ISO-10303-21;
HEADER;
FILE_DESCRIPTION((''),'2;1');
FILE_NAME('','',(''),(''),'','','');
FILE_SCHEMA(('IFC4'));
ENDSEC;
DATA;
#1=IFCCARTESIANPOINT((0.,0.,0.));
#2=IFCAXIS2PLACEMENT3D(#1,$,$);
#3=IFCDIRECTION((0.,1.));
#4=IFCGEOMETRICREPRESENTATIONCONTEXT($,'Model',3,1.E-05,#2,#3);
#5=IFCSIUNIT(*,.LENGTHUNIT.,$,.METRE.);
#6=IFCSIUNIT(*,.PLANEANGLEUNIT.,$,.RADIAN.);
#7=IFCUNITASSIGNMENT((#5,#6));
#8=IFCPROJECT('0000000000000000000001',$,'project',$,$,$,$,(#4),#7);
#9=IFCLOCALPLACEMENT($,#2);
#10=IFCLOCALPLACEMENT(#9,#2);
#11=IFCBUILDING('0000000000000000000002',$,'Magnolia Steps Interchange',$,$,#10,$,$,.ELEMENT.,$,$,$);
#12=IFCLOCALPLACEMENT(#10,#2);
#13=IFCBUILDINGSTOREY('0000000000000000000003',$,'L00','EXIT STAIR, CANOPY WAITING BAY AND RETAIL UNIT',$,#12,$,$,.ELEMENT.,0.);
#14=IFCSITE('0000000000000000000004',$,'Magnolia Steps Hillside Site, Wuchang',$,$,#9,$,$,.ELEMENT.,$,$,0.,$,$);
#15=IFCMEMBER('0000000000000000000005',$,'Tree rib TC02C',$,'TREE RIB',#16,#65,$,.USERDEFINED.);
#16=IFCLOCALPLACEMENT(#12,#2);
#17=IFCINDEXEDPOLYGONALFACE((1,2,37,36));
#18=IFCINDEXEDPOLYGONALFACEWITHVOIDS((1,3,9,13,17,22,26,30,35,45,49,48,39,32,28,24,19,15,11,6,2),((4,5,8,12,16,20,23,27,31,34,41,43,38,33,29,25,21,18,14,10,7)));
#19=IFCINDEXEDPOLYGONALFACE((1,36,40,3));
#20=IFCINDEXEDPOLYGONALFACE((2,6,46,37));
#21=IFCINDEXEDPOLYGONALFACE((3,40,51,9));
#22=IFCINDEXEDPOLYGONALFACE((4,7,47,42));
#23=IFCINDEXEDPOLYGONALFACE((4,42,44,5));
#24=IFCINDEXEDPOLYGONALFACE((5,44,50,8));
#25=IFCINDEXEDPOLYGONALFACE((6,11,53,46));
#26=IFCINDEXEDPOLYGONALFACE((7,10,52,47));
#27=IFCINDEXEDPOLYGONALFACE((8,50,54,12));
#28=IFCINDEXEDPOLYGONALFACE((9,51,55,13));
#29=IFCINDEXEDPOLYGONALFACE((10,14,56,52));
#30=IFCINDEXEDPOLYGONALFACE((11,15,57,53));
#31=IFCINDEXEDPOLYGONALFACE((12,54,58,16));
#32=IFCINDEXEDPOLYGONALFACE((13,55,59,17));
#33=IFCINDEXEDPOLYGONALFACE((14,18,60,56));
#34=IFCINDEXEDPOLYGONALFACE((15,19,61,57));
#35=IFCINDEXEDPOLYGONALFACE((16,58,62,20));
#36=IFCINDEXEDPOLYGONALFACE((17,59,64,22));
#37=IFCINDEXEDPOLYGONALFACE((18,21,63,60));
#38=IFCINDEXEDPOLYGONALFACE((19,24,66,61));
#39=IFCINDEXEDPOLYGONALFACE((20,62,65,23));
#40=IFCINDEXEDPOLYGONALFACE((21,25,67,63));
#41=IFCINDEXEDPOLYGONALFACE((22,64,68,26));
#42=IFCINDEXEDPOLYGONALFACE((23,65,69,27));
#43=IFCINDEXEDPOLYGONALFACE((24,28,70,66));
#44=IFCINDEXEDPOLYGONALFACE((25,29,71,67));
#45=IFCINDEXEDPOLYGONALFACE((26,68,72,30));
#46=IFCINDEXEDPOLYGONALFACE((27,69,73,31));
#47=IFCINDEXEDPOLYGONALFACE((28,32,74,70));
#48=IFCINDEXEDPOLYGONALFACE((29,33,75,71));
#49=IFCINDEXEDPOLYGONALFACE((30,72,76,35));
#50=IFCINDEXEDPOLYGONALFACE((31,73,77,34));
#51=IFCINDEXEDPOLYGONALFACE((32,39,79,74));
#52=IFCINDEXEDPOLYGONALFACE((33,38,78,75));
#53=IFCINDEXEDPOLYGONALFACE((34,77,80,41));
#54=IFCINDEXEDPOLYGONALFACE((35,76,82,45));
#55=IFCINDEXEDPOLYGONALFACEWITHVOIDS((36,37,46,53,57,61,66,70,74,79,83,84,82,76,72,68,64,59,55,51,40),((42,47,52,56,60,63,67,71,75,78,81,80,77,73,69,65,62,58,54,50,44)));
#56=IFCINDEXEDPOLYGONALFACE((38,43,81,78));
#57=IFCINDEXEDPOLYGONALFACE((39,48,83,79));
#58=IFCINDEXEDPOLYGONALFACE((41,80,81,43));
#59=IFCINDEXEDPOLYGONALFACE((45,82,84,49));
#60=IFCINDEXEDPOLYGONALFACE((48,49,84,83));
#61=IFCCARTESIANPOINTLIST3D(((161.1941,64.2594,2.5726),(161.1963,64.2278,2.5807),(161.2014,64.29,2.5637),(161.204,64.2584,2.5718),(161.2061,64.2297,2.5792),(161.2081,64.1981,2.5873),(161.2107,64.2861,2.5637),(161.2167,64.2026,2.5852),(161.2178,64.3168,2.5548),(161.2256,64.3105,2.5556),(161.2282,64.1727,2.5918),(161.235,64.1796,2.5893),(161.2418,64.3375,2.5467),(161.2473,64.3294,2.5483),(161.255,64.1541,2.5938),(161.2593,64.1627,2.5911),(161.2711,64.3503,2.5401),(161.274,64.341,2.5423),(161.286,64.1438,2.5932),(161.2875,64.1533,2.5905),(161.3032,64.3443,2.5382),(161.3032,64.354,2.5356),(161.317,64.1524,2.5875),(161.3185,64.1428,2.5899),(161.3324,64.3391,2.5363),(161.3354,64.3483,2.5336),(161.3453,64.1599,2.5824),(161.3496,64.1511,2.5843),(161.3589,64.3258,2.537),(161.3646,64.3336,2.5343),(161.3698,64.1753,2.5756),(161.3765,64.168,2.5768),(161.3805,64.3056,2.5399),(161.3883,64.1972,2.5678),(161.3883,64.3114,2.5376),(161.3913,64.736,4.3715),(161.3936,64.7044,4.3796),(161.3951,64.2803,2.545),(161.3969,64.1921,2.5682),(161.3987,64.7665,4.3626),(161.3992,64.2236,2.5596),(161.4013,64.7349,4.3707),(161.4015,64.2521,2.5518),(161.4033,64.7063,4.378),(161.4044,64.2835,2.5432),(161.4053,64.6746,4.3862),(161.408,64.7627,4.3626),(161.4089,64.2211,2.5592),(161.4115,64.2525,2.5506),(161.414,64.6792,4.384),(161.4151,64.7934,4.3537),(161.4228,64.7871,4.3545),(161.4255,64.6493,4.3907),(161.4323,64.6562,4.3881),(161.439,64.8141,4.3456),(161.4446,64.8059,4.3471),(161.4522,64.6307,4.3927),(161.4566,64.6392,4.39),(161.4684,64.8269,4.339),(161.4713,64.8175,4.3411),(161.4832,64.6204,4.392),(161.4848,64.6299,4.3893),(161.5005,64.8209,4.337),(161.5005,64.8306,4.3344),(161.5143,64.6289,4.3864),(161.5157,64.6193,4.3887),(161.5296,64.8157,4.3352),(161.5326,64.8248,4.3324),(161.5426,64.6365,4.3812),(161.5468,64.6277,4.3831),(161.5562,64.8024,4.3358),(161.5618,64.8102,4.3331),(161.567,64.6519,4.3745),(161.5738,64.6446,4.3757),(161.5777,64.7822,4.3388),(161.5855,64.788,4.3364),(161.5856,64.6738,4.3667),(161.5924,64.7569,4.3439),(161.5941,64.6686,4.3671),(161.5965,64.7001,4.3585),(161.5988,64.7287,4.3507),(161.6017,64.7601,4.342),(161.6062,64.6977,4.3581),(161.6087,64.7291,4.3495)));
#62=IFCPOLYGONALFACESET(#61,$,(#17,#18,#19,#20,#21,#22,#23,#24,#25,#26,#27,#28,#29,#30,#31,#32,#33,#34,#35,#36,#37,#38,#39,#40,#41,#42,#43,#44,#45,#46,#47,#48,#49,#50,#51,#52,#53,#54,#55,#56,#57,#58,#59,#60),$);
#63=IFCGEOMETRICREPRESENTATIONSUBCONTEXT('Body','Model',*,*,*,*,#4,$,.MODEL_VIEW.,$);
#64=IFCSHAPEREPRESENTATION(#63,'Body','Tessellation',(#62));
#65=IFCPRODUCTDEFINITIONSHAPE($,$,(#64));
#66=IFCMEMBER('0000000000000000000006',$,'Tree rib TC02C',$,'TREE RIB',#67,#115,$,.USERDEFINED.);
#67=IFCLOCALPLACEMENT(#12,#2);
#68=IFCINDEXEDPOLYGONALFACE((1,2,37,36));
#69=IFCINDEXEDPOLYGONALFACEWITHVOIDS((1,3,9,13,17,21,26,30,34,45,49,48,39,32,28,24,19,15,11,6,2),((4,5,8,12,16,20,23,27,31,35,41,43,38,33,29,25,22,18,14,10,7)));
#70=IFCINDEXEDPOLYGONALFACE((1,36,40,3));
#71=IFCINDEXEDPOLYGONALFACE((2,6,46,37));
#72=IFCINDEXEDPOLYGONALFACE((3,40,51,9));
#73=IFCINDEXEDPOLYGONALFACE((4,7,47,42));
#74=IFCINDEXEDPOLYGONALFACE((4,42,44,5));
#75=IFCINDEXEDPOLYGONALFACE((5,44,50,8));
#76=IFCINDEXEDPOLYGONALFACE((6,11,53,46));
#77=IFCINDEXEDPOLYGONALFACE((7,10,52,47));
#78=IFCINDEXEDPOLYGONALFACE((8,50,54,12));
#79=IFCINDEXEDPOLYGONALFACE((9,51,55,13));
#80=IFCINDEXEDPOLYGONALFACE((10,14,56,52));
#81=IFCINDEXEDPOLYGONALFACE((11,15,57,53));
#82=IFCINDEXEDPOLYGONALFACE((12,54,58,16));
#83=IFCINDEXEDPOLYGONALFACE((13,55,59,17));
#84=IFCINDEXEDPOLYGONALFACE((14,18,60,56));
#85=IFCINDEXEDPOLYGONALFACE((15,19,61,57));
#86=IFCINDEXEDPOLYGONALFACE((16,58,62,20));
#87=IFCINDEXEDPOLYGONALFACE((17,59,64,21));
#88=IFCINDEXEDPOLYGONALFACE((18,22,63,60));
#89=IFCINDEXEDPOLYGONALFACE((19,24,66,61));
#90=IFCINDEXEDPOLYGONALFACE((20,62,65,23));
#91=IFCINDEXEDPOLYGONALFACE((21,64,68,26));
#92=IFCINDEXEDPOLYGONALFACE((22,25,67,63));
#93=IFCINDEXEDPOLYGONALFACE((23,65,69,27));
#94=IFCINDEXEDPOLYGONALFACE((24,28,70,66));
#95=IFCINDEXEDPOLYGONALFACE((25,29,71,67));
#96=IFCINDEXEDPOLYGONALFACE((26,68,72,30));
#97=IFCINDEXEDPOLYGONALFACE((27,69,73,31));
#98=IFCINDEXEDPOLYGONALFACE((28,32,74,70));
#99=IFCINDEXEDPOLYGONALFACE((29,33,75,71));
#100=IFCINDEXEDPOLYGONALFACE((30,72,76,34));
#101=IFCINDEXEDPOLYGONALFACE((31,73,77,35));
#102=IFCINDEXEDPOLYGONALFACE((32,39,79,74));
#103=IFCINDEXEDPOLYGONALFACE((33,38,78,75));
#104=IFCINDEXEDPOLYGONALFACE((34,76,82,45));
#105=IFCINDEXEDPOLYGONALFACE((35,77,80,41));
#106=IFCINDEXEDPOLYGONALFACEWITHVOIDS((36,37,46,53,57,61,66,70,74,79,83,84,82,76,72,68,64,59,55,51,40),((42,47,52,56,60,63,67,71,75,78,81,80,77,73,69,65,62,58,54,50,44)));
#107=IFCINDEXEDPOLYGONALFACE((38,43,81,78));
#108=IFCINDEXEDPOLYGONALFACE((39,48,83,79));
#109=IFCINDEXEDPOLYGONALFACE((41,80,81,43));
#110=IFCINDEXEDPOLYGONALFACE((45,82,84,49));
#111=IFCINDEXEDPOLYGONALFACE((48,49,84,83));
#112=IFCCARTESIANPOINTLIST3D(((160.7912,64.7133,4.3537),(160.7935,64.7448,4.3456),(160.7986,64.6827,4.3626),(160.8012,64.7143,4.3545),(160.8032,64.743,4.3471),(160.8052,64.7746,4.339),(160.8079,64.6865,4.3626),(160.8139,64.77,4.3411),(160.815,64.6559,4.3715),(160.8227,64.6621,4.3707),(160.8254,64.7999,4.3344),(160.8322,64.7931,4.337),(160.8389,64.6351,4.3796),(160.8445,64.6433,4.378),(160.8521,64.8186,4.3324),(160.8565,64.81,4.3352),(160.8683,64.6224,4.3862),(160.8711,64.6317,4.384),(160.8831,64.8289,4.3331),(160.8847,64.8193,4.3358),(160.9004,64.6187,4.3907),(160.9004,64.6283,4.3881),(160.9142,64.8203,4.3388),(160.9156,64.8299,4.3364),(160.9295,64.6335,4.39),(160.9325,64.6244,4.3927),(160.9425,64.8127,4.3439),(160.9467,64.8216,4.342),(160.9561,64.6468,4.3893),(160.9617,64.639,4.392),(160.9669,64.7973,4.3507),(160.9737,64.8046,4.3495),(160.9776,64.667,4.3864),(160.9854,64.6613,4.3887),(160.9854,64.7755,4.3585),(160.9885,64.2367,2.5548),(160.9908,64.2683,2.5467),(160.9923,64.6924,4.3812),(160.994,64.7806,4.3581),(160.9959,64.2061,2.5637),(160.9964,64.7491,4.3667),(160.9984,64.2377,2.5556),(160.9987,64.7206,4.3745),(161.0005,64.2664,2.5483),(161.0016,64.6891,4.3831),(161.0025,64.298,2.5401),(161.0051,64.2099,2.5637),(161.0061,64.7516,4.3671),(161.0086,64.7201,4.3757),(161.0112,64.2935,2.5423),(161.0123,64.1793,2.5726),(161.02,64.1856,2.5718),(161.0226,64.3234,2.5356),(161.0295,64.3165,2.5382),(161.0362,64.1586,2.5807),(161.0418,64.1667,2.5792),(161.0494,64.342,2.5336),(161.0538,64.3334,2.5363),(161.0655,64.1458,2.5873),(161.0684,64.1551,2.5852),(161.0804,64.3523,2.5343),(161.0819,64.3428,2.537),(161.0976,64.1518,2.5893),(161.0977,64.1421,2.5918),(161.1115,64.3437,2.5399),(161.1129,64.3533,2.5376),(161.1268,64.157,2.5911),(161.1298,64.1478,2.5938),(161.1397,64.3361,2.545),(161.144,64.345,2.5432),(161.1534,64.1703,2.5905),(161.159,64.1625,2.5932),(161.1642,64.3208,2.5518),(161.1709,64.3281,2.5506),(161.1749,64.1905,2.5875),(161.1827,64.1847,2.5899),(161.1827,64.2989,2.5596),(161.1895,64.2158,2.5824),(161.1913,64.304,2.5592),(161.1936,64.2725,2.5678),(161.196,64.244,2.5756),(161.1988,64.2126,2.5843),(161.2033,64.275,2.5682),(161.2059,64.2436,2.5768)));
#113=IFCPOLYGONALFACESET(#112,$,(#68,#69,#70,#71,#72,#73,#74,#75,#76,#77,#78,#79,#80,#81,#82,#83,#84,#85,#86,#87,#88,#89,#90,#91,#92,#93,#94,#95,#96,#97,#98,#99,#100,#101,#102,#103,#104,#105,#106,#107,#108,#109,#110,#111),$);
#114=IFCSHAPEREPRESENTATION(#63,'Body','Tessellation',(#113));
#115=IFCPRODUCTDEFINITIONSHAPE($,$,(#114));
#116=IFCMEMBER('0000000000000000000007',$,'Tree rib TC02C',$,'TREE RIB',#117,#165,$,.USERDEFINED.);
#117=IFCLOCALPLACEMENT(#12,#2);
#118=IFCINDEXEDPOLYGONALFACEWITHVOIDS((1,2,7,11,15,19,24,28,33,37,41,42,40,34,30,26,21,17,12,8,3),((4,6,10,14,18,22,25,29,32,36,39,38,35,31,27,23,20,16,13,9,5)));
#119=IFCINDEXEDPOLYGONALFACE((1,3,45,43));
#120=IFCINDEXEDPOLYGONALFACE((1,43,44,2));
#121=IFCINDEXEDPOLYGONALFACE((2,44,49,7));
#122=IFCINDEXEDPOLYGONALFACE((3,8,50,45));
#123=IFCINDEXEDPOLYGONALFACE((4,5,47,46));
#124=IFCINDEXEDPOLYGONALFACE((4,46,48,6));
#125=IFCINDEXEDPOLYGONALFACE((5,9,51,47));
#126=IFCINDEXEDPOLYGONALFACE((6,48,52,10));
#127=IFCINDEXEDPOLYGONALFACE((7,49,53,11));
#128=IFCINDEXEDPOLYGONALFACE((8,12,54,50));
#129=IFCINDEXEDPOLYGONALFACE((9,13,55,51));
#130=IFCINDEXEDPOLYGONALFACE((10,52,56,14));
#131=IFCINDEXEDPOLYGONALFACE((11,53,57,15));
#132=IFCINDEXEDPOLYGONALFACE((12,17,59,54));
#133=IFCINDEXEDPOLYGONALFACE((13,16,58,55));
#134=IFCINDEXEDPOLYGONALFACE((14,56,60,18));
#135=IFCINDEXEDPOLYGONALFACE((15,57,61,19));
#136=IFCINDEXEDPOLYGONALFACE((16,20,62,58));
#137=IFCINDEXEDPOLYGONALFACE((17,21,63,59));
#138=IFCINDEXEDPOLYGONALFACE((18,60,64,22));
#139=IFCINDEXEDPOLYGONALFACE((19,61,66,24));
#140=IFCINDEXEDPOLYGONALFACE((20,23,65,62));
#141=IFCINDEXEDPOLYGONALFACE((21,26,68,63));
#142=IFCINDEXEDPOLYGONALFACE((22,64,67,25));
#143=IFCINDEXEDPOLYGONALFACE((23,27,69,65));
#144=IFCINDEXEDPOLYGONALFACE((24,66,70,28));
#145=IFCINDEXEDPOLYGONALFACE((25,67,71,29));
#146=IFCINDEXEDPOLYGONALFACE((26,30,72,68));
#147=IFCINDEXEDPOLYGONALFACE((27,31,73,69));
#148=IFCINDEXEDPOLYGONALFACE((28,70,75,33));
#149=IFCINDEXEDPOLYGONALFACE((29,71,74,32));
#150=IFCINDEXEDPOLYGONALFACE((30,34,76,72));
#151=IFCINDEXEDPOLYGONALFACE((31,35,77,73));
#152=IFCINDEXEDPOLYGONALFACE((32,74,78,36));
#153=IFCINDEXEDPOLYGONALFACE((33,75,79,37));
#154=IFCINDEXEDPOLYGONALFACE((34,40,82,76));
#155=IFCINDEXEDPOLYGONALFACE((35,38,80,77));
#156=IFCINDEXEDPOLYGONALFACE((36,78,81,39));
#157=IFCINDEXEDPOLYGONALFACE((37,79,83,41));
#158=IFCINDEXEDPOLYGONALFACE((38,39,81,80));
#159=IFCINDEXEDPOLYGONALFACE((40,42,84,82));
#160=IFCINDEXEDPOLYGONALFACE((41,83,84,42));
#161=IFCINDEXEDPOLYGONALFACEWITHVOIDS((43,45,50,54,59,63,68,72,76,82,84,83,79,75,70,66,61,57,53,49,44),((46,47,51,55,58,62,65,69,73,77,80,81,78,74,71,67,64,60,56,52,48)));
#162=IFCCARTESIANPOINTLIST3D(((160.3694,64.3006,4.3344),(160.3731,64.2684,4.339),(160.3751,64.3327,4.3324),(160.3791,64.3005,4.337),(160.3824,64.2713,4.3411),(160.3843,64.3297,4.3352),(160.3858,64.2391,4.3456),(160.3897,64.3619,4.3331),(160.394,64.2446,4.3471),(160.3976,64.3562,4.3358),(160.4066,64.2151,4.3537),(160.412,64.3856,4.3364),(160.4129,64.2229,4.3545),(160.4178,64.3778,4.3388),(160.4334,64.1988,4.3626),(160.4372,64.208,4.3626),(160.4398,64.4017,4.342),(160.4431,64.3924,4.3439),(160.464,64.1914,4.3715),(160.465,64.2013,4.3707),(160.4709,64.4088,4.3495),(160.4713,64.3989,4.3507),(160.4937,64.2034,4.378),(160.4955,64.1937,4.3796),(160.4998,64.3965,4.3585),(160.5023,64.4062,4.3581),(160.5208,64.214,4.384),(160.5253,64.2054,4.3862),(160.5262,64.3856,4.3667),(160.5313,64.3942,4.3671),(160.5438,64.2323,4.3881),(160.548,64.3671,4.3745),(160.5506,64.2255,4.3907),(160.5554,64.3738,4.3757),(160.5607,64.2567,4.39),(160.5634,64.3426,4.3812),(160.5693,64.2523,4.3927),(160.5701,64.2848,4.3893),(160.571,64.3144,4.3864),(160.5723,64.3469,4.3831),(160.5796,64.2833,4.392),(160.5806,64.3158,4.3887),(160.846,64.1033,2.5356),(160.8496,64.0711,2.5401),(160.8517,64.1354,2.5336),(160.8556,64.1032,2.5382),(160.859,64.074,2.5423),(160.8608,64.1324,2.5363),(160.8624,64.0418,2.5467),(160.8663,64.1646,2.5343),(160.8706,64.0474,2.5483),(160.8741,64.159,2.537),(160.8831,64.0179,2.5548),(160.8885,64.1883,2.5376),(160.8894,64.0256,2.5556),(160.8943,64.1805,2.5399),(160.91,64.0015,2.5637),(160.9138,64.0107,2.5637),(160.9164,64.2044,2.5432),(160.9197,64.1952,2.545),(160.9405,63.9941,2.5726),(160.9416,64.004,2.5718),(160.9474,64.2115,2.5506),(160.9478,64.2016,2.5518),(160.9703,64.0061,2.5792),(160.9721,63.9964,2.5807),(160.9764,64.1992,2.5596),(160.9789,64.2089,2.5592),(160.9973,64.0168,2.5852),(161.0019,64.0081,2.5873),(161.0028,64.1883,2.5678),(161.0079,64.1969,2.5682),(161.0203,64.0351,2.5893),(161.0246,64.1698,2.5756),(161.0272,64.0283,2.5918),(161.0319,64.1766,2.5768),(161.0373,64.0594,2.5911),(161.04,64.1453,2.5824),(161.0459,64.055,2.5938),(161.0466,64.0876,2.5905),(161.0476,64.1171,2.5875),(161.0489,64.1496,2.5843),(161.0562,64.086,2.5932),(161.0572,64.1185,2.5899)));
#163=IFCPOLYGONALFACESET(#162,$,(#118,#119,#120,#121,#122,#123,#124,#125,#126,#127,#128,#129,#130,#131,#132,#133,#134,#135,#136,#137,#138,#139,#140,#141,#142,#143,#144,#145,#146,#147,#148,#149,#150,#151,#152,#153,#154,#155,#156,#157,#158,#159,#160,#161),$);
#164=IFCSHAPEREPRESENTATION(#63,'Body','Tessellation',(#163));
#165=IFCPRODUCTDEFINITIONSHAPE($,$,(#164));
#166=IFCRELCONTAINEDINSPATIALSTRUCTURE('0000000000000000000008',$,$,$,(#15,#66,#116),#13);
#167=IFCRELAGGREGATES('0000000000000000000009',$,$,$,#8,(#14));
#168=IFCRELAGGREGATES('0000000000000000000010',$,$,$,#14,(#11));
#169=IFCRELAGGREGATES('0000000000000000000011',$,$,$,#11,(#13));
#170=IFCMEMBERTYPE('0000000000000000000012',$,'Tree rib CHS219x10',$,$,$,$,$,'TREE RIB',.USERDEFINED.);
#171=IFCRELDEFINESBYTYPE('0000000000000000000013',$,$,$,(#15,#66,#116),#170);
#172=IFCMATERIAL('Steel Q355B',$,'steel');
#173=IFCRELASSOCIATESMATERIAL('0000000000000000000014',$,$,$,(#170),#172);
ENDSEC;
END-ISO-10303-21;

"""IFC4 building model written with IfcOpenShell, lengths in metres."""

from ifc_helpers import new_model, si_unit, direction, frame, origin, origin_2d, place, context, subcontext, project, spatial, hollow_circle, extrude, material, material_profile, profile_set, type_object, element, save


model = new_model("IFC4")

# Units and contexts
model_context = context("Model", 3, precision=1e-05, world=origin(), true_north=direction((0.0, 1.0)))
body_context = subcontext(model_context, "Body", "Model", "MODEL_VIEW")
ifc_project = project(units=[si_unit("LENGTHUNIT", "METRE"), si_unit("PLANEANGLEUNIT", "RADIAN")], contexts=[model_context])

# Site, building, storey
site_placement = place(None, origin())
site = spatial("IfcSite", under=ifc_project, at=site_placement, Name="Magnolia Steps Hillside Site, Wuchang", CompositionType="ELEMENT", RefElevation=0.0)
building_placement = place(site_placement, origin())
building = spatial("IfcBuilding", under=site, at=building_placement, Name="Magnolia Steps Interchange", CompositionType="ELEMENT")
storey_placement = place(building_placement, origin())
storey = spatial("IfcBuildingStorey", under=building, at=storey_placement, Name="L00", Description="EXIT STAIR, CANOPY WAITING BAY AND RETAIL UNIT", CompositionType="ELEMENT", Elevation=0.0)

# Members
ifc_material_1 = material(Name="Steel Q355B", Category="steel")
ifc_material_profile_1 = material_profile(ifc_material_1, hollow_circle(Radius=0.1096, WallThickness=0.01, at=origin_2d()), Name="CHS219x10")
ifc_profile_set_1 = profile_set([ifc_material_profile_1], Name="Steel Q355B")
member_type = type_object("IfcMemberType", Name="Tree rib CHS219x10", ElementType="TREE RIB", PredefinedType="USERDEFINED", material=ifc_profile_set_1)
for number, where, z_axis, x_axis, name in (
    (1, (161.3027, 64.248, 2.5637), (0.105416, 0.254668, 0.961266), (-0.923971, 0.382463, 0.0), "Tree rib TC02C"),
    (2, (161.0972, 64.248, 2.5637), (-0.105416, 0.254668, 0.961266), (-0.923971, -0.382463, 0.0), "Tree rib TC02C"),
    (3, (160.9519, 64.1028, 2.5637), (-0.254668, 0.105416, 0.961266), (-0.382463, -0.923971, 0.0), "Tree rib TC02C"),
):
    element("IfcMember", number, at=place(storey_placement, frame(where, z_axis=z_axis, x_axis=x_axis)), inside=storey, type_object=member_type, Name=name, ObjectType="TREE RIB", PredefinedType="USERDEFINED", context=body_context, shape_type="SweptSolid", body=[
        extrude(hollow_circle(Radius=0.1096, WallThickness=0.01, at=origin_2d()), origin(), (0.0, 0.0, 1.0), 1.8713),
    ])

save(model, "model.ifc")
